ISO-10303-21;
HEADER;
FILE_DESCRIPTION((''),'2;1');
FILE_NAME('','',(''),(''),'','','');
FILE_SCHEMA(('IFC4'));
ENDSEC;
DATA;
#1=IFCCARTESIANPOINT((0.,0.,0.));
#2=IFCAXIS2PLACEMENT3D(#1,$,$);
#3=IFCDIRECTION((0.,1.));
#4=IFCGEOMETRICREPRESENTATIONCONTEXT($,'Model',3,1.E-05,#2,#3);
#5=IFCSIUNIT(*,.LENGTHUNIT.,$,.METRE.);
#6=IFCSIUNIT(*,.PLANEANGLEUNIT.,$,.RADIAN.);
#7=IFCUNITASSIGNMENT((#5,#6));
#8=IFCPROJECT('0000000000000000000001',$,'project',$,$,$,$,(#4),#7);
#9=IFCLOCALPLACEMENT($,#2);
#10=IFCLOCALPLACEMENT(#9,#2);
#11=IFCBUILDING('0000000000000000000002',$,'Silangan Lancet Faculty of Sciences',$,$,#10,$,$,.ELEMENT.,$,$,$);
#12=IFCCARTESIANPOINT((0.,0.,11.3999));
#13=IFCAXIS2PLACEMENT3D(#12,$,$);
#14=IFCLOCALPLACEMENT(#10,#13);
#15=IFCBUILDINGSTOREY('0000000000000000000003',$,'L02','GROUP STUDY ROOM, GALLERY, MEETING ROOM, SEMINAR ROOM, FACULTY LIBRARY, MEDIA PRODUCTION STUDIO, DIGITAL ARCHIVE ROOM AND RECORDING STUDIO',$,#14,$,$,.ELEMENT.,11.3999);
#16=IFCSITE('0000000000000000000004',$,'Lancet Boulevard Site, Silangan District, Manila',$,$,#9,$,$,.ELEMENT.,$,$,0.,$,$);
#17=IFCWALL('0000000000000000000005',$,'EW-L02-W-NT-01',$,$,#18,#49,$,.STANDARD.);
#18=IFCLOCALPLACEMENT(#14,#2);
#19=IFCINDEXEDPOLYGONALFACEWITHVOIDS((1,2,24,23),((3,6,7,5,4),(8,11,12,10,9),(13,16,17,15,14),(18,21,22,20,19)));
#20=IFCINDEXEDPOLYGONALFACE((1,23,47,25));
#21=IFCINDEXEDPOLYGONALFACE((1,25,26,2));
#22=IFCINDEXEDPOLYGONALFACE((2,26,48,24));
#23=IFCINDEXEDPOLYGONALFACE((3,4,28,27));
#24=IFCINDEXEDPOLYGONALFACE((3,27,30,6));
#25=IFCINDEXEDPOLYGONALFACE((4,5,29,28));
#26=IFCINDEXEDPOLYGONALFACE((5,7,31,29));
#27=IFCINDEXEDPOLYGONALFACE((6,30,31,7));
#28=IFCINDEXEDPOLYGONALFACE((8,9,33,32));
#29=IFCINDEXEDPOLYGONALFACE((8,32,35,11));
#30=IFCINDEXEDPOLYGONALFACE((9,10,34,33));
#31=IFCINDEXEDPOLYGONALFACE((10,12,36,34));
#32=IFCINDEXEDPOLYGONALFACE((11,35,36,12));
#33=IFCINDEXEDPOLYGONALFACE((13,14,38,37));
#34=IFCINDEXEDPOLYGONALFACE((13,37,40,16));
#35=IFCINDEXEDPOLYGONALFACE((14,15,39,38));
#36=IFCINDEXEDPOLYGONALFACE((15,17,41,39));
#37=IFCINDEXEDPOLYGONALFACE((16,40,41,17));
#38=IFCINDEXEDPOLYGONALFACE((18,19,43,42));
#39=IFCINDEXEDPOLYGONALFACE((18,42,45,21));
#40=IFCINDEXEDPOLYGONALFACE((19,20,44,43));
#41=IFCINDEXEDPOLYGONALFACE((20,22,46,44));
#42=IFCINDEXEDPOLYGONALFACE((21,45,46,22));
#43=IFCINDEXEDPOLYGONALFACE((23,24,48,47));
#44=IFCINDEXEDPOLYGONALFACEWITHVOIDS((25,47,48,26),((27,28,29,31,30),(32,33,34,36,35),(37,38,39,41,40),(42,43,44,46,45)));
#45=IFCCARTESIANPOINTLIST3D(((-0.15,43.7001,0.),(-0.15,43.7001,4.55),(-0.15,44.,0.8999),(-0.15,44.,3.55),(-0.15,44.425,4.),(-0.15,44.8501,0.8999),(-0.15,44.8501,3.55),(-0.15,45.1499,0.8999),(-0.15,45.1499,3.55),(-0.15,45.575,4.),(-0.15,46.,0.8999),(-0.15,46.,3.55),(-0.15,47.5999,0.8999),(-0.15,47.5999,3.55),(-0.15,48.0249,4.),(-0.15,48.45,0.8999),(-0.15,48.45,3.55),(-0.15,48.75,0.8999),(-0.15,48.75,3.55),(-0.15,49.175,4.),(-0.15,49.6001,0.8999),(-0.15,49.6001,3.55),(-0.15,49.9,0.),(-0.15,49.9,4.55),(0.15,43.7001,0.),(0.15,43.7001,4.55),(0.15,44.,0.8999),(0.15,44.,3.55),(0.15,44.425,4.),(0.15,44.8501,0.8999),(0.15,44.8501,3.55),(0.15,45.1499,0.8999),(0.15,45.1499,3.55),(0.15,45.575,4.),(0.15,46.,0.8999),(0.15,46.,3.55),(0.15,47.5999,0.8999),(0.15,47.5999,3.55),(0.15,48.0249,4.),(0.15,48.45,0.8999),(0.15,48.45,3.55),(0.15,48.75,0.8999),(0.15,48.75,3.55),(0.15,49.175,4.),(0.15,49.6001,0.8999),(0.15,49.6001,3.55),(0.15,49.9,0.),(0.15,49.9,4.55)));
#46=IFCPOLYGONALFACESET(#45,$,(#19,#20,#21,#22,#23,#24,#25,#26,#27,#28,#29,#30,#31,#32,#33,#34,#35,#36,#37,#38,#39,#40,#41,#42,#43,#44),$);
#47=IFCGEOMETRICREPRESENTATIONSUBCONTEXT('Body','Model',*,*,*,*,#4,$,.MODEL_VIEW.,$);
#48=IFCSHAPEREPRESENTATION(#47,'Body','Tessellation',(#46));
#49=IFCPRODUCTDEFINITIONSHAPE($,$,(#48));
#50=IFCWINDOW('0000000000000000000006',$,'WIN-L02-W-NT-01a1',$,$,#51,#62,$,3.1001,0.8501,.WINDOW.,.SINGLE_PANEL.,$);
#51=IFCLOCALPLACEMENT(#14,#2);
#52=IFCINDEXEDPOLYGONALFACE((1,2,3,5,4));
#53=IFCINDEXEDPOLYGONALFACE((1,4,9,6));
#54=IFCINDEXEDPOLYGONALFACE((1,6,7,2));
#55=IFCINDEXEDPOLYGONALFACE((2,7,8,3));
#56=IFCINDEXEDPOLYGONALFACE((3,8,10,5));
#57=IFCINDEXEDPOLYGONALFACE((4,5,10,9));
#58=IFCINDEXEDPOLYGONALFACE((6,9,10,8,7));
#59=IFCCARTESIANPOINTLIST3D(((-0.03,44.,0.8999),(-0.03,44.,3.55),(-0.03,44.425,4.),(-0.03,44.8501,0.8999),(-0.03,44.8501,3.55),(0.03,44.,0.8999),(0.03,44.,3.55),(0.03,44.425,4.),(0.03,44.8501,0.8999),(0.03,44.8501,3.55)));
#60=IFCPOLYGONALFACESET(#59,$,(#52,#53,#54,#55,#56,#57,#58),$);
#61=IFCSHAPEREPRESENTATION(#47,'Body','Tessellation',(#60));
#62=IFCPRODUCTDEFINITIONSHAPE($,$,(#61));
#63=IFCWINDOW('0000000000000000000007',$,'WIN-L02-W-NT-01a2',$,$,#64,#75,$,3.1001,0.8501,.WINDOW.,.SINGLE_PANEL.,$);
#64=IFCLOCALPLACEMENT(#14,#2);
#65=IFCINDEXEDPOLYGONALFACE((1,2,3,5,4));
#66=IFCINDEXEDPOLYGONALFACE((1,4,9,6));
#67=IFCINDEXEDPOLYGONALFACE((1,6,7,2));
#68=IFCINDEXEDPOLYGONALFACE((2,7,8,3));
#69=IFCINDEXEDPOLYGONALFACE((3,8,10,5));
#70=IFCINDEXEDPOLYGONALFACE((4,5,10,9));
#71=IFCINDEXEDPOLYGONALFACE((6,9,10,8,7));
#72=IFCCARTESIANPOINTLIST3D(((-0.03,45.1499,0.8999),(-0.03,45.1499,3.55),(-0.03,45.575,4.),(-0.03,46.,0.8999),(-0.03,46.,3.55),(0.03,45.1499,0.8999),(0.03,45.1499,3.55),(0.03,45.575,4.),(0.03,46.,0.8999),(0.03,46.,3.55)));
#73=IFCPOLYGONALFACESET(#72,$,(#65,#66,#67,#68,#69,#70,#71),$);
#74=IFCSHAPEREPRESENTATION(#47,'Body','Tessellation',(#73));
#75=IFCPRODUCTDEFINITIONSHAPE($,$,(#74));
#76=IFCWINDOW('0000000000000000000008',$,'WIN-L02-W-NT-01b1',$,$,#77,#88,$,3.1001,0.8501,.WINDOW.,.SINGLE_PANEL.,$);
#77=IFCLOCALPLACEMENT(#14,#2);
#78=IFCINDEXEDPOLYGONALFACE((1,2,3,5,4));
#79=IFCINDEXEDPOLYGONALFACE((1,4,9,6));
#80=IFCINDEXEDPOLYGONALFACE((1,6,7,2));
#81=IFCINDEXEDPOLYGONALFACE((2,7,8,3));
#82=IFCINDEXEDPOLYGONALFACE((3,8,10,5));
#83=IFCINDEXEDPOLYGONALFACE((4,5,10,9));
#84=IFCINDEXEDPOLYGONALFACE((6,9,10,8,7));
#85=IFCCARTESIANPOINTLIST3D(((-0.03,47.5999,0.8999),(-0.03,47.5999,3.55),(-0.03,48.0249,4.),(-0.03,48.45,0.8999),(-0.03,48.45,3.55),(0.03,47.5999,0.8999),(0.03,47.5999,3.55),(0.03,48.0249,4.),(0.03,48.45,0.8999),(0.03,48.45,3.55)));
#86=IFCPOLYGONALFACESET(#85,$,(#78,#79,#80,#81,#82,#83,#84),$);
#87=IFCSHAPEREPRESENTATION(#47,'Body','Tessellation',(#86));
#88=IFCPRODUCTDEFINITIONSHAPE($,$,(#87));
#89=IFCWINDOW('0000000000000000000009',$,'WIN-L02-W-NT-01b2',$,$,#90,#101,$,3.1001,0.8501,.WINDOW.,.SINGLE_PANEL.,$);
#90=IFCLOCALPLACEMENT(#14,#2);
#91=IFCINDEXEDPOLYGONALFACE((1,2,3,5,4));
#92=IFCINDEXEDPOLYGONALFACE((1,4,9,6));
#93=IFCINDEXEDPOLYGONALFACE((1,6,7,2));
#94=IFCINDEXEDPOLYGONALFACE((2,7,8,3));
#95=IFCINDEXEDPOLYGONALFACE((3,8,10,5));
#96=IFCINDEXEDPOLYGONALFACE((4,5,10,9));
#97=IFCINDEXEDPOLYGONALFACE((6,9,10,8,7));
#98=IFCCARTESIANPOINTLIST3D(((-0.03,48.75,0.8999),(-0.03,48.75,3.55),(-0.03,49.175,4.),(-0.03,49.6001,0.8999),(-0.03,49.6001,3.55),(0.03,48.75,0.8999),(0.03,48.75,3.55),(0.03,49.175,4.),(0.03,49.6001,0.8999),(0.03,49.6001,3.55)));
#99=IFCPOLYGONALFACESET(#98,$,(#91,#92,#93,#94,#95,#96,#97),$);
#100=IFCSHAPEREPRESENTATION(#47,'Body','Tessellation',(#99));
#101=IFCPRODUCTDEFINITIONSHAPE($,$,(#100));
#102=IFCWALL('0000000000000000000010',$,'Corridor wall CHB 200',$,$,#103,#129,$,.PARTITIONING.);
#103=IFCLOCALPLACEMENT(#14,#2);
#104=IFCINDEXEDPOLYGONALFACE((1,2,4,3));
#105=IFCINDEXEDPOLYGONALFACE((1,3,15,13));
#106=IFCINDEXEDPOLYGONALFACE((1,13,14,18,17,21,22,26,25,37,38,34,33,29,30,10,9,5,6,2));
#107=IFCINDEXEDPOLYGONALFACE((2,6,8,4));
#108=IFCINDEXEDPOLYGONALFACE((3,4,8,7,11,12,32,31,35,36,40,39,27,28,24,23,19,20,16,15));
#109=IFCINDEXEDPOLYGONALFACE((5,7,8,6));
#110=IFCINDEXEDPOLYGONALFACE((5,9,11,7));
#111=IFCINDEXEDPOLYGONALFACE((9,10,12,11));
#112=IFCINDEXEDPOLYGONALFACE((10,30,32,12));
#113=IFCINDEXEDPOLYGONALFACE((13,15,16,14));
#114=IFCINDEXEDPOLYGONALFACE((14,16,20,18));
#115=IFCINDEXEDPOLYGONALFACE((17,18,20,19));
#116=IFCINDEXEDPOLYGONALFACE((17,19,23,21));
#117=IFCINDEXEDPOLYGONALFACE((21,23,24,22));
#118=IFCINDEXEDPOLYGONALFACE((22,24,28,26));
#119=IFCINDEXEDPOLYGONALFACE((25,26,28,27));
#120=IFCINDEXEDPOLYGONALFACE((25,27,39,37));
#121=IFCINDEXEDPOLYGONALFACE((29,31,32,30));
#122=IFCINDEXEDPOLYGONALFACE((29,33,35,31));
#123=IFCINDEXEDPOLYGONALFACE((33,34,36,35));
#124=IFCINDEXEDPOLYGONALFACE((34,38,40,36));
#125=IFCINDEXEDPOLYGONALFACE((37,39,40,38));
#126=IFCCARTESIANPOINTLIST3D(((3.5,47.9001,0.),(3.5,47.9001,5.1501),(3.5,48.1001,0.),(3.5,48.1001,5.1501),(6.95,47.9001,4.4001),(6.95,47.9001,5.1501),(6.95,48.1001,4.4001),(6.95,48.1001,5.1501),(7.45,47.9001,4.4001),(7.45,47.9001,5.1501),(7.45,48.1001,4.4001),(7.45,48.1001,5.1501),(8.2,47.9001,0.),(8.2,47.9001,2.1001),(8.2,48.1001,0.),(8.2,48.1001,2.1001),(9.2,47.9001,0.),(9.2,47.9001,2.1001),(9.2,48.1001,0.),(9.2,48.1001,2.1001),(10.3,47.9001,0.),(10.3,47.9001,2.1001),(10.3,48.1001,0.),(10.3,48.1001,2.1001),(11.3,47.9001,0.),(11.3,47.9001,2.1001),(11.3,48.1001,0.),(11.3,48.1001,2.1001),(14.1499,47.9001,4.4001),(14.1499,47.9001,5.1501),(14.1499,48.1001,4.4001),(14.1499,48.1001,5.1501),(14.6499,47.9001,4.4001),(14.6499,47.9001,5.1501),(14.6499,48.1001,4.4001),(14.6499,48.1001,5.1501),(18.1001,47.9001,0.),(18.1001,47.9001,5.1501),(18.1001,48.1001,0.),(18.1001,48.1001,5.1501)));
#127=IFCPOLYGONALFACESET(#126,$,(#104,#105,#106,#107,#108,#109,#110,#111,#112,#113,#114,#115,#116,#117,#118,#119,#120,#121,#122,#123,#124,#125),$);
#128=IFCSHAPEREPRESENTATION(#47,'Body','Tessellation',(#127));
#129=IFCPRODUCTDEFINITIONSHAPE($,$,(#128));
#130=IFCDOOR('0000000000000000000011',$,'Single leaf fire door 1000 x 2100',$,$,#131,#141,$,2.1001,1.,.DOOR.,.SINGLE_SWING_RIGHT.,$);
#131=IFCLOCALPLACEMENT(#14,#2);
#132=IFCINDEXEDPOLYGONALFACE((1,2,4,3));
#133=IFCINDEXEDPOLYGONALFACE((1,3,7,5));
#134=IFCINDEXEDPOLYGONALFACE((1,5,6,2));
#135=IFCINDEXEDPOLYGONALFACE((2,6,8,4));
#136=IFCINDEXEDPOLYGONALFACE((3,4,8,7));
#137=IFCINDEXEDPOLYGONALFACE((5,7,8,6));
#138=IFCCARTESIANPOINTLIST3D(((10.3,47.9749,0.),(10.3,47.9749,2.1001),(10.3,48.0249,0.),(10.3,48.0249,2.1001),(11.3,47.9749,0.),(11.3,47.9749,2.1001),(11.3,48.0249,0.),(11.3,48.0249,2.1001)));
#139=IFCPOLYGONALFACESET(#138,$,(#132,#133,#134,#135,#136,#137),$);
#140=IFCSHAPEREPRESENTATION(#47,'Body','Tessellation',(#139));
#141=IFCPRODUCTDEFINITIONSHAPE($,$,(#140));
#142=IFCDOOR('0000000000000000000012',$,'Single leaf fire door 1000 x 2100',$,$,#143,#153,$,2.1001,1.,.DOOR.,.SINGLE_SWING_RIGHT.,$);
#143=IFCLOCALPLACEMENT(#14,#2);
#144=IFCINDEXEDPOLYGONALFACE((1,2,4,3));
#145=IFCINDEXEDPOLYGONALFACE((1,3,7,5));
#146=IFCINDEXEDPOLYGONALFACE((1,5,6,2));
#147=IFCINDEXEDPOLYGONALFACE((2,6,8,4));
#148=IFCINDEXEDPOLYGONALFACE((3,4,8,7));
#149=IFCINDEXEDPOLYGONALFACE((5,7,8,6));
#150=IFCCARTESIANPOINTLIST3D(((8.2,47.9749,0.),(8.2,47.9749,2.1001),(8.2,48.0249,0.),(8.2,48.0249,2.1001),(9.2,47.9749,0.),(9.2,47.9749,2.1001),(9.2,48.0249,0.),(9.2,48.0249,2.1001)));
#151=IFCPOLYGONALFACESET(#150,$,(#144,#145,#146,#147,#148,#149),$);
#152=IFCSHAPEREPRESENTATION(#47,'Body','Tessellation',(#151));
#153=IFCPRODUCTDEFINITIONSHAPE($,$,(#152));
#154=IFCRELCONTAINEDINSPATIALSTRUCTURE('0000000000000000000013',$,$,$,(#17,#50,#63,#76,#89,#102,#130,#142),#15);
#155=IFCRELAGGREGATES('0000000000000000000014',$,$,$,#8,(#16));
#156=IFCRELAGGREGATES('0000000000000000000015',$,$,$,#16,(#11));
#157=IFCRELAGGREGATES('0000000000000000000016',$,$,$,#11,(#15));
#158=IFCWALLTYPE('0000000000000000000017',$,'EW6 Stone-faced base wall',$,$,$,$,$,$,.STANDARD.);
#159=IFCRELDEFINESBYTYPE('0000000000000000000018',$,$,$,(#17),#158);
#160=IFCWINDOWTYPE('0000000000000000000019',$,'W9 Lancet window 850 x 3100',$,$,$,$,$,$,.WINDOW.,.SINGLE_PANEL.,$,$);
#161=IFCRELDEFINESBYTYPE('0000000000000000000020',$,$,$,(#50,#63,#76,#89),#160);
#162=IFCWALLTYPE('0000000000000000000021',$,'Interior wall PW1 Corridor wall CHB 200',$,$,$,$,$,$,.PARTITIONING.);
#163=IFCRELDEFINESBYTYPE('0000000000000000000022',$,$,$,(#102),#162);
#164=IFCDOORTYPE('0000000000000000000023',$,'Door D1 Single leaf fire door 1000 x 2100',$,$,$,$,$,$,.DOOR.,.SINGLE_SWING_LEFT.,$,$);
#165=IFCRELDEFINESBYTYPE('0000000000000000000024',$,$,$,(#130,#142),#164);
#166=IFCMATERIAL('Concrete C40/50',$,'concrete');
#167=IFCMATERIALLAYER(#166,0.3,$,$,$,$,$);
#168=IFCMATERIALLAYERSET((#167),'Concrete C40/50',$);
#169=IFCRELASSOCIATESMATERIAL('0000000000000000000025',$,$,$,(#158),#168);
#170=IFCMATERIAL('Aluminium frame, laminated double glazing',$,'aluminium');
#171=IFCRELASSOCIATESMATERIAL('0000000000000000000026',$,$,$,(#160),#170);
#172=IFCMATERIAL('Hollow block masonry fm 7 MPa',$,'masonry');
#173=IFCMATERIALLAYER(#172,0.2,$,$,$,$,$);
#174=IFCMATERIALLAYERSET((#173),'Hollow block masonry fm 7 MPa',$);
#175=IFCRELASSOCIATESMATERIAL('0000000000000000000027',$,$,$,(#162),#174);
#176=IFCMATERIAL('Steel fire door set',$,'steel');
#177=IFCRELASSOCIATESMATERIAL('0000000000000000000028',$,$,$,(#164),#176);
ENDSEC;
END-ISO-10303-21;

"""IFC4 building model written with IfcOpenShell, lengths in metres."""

from ifc_helpers import new_model, si_unit, direction, frame, frame_2d, origin, place, context, subcontext, project, spatial, polyline, rectangle, outline, extrude, material, layer, layer_set, type_object, element, fill, save


model = new_model("IFC4")

# Units and contexts
model_context = context("Model", 3, precision=1e-05, world=origin(), true_north=direction((0.0, 1.0)))
body_context = subcontext(model_context, "Body", "Model", "MODEL_VIEW")
ifc_project = project(units=[si_unit("LENGTHUNIT", "METRE"), si_unit("PLANEANGLEUNIT", "RADIAN")], contexts=[model_context])

# Site, building, storey
site_placement = place(None, origin())
site = spatial("IfcSite", under=ifc_project, at=site_placement, Name="Lancet Boulevard Site, Silangan District, Manila", CompositionType="ELEMENT", RefElevation=0.0)
building_placement = place(site_placement, origin())
building = spatial("IfcBuilding", under=site, at=building_placement, Name="Silangan Lancet Faculty of Sciences", CompositionType="ELEMENT")
storey_placement = place(building_placement, frame((0.0, 0.0, 11.3999)))
storey = spatial("IfcBuildingStorey", under=building, at=storey_placement, Name="L02", Description="GROUP STUDY ROOM, GALLERY, MEETING ROOM, SEMINAR ROOM, FACULTY LIBRARY, MEDIA PRODUCTION STUDIO, DIGITAL ARCHIVE ROOM AND RECORDING STUDIO", CompositionType="ELEMENT", Elevation=11.3999)

# Wall, openings, windows
ifc_material_1 = material(Name="Concrete C40/50", Category="concrete")
ifc_layer_1 = layer(ifc_material_1, 0.3)
ifc_layer_set_1 = layer_set([ifc_layer_1], Name="Concrete C40/50")
wall_type_1 = type_object("IfcWallType", Name="EW6 Stone-faced base wall", PredefinedType="STANDARD", material=ifc_layer_set_1)
wall_1_placement = place(storey_placement, frame((0.0, 43.7, 0.0), z_axis=(0.0, 0.0, 1.0), x_axis=(0.0, 1.0, 0.0)))
wall_1 = element("IfcWall", 1, at=wall_1_placement, inside=storey, type_object=wall_type_1, Name="EW-L02-W-NT-01", PredefinedType="STANDARD", context=body_context, shape_type="SweptSolid", body=[
    extrude(rectangle(XDim=6.2, YDim=0.3, at=frame_2d((3.1001, 0.0))), origin(), (0.0, 0.0, 1.0), 4.55),
])
opening_1_placement = place(wall_1_placement, frame((0.3, 0.0, 0.8999)))
opening_1 = element("IfcOpeningElement", 2, at=opening_1_placement, cuts=wall_1, PredefinedType="OPENING", context=body_context, shape_type="SweptSolid", body=[
    extrude(outline(polyline([(0.0, 0.0), (0.8501, 0.0), (0.8501, 2.6501), (0.425, 3.1001), (0.0, 2.6501), (0.0, 0.0)])), frame((0.0, 0.1599, 0.0), z_axis=(0.0, -1.0, 0.0), x_axis=(1.0, 0.0, 0.0)), (0.0, 0.0, 1.0), 0.3201),
])
opening_2_placement = place(wall_1_placement, frame((1.45, 0.0, 0.8999)))
opening_2 = element("IfcOpeningElement", 3, at=opening_2_placement, cuts=wall_1, PredefinedType="OPENING", context=body_context, shape_type="SweptSolid", body=[
    extrude(outline(polyline([(0.0, 0.0), (0.8501, 0.0), (0.8501, 2.6501), (0.425, 3.1001), (0.0, 2.6501), (0.0, 0.0)])), frame((0.0, 0.1599, 0.0), z_axis=(0.0, -1.0, 0.0), x_axis=(1.0, 0.0, 0.0)), (0.0, 0.0, 1.0), 0.3201),
])
opening_3_placement = place(wall_1_placement, frame((3.8999, 0.0, 0.8999)))
opening_3 = element("IfcOpeningElement", 4, at=opening_3_placement, cuts=wall_1, PredefinedType="OPENING", context=body_context, shape_type="SweptSolid", body=[
    extrude(outline(polyline([(0.0, 0.0), (0.8501, 0.0), (0.8501, 2.6501), (0.425, 3.1001), (0.0, 2.6501), (0.0, 0.0)])), frame((0.0, 0.1599, 0.0), z_axis=(0.0, -1.0, 0.0), x_axis=(1.0, 0.0, 0.0)), (0.0, 0.0, 1.0), 0.3201),
])
opening_4_placement = place(wall_1_placement, frame((5.05, 0.0, 0.8999)))
opening_4 = element("IfcOpeningElement", 5, at=opening_4_placement, cuts=wall_1, PredefinedType="OPENING", context=body_context, shape_type="SweptSolid", body=[
    extrude(outline(polyline([(0.0, 0.0), (0.8501, 0.0), (0.8501, 2.6501), (0.425, 3.1001), (0.0, 2.6501), (0.0, 0.0)])), frame((0.0, 0.1599, 0.0), z_axis=(0.0, -1.0, 0.0), x_axis=(1.0, 0.0, 0.0)), (0.0, 0.0, 1.0), 0.3201),
])
ifc_material_2 = material(Name="Aluminium frame, laminated double glazing", Category="aluminium")
window_type_1 = type_object("IfcWindowType", Name="W9 Lancet window 850 x 3100", PartitioningType="SINGLE_PANEL", PredefinedType="WINDOW", material=ifc_material_2)
window_1_placement = place(opening_1_placement, origin())
window_1 = element("IfcWindow", 6, at=window_1_placement, inside=storey, type_object=window_type_1, Name="WIN-L02-W-NT-01a1", OverallHeight=3.1001, OverallWidth=0.8501, PartitioningType="SINGLE_PANEL", PredefinedType="WINDOW", context=body_context, shape_type="SweptSolid", body=[
    extrude(outline(polyline([(0.0, 0.0), (0.8501, 0.0), (0.8501, 2.6501), (0.425, 3.1001), (0.0, 2.6501), (0.0, 0.0)])), frame((0.0, 0.03, 0.0), z_axis=(0.0, -1.0, 0.0), x_axis=(1.0, 0.0, 0.0)), (0.0, 0.0, 1.0), 0.0601),
])
fill(opening_1, window_1)
window_2_placement = place(opening_2_placement, origin())
window_2 = element("IfcWindow", 7, at=window_2_placement, inside=storey, type_object=window_type_1, Name="WIN-L02-W-NT-01a2", OverallHeight=3.1001, OverallWidth=0.8501, PartitioningType="SINGLE_PANEL", PredefinedType="WINDOW", context=body_context, shape_type="SweptSolid", body=[
    extrude(outline(polyline([(0.0, 0.0), (0.8501, 0.0), (0.8501, 2.6501), (0.425, 3.1001), (0.0, 2.6501), (0.0, 0.0)])), frame((0.0, 0.03, 0.0), z_axis=(0.0, -1.0, 0.0), x_axis=(1.0, 0.0, 0.0)), (0.0, 0.0, 1.0), 0.0601),
])
fill(opening_2, window_2)
window_3_placement = place(opening_3_placement, origin())
window_3 = element("IfcWindow", 8, at=window_3_placement, inside=storey, type_object=window_type_1, Name="WIN-L02-W-NT-01b1", OverallHeight=3.1001, OverallWidth=0.8501, PartitioningType="SINGLE_PANEL", PredefinedType="WINDOW", context=body_context, shape_type="SweptSolid", body=[
    extrude(outline(polyline([(0.0, 0.0), (0.8501, 0.0), (0.8501, 2.6501), (0.425, 3.1001), (0.0, 2.6501), (0.0, 0.0)])), frame((0.0, 0.03, 0.0), z_axis=(0.0, -1.0, 0.0), x_axis=(1.0, 0.0, 0.0)), (0.0, 0.0, 1.0), 0.0601),
])
fill(opening_3, window_3)
window_4_placement = place(opening_4_placement, origin())
window_4 = element("IfcWindow", 9, at=window_4_placement, inside=storey, type_object=window_type_1, Name="WIN-L02-W-NT-01b2", OverallHeight=3.1001, OverallWidth=0.8501, PartitioningType="SINGLE_PANEL", PredefinedType="WINDOW", context=body_context, shape_type="SweptSolid", body=[
    extrude(outline(polyline([(0.0, 0.0), (0.8501, 0.0), (0.8501, 2.6501), (0.425, 3.1001), (0.0, 2.6501), (0.0, 0.0)])), frame((0.0, 0.03, 0.0), z_axis=(0.0, -1.0, 0.0), x_axis=(1.0, 0.0, 0.0)), (0.0, 0.0, 1.0), 0.0601),
])
fill(opening_4, window_4)

# Wall, openings, doors
ifc_material_3 = material(Name="Hollow block masonry fm 7 MPa", Category="masonry")
ifc_layer_2 = layer(ifc_material_3, 0.2)
ifc_layer_set_2 = layer_set([ifc_layer_2], Name="Hollow block masonry fm 7 MPa")
wall_type_2 = type_object("IfcWallType", Name="Interior wall PW1 Corridor wall CHB 200", PredefinedType="PARTITIONING", material=ifc_layer_set_2)
wall_2_placement = place(storey_placement, frame((3.5, 48.0, 0.0), z_axis=(0.0, 0.0, 1.0), x_axis=(1.0, 0.0, 0.0)))
wall_2 = element("IfcWall", 10, at=wall_2_placement, inside=storey, type_object=wall_type_2, Name="Corridor wall CHB 200", PredefinedType="PARTITIONING", context=body_context, shape_type="SweptSolid", body=[
    extrude(outline(polyline([(0.0, 0.0), (14.6001, 0.0), (14.6001, 5.1501), (11.1499, 5.1501), (11.1499, 4.4001), (10.6499, 4.4001), (10.6499, 5.1501), (3.95, 5.1501), (3.95, 4.4001), (3.45, 4.4001), (3.45, 5.1501), (0.0, 5.1501), (0.0, 0.0)])), frame((0.0, 0.1001, 0.0), z_axis=(0.0, -1.0, 0.0), x_axis=(1.0, 0.0, 0.0)), (0.0, 0.0, 1.0), 0.2),
])
opening_5_placement = place(wall_2_placement, frame((6.8, 0.0, 0.0)))
opening_5 = element("IfcOpeningElement", 11, at=opening_5_placement, cuts=wall_2, PredefinedType="OPENING", context=body_context, shape_type="SweptSolid", body=[
    extrude(rectangle(XDim=1.0, YDim=2.1001, at=frame_2d((0.5, 1.05))), frame((0.0, 0.1099, 0.0), z_axis=(0.0, -1.0, 0.0), x_axis=(1.0, 0.0, 0.0)), (0.0, 0.0, 1.0), 0.22),
])
opening_6_placement = place(wall_2_placement, frame((4.7, 0.0, 0.0)))
opening_6 = element("IfcOpeningElement", 12, at=opening_6_placement, cuts=wall_2, PredefinedType="OPENING", context=body_context, shape_type="SweptSolid", body=[
    extrude(rectangle(XDim=1.0, YDim=2.1001, at=frame_2d((0.5, 1.05))), frame((0.0, 0.1099, 0.0), z_axis=(0.0, -1.0, 0.0), x_axis=(1.0, 0.0, 0.0)), (0.0, 0.0, 1.0), 0.22),
])
ifc_material_4 = material(Name="Steel fire door set", Category="steel")
door_type_1 = type_object("IfcDoorType", Name="Door D1 Single leaf fire door 1000 x 2100", OperationType="SINGLE_SWING_LEFT", PredefinedType="DOOR", material=ifc_material_4)
door_1_placement = place(opening_5_placement, frame((1.0, 0.0, 0.0), z_axis=(0.0, 0.0, 1.0), x_axis=(-1.0, 0.0, 0.0)))
door_1 = element("IfcDoor", 13, at=door_1_placement, inside=storey, type_object=door_type_1, Name="Single leaf fire door 1000 x 2100", OperationType="SINGLE_SWING_RIGHT", OverallHeight=2.1001, OverallWidth=1.0, PredefinedType="DOOR", context=body_context, shape_type="SweptSolid", body=[
    extrude(rectangle(XDim=1.0, YDim=2.1001, at=frame_2d((0.5, 1.05))), frame((0.0, 0.0251, 0.0), z_axis=(0.0, -1.0, 0.0), x_axis=(1.0, 0.0, 0.0)), (0.0, 0.0, 1.0), 0.05),
])
fill(opening_5, door_1)
door_2_placement = place(opening_6_placement, frame((1.0, 0.0, 0.0), z_axis=(0.0, 0.0, 1.0), x_axis=(-1.0, 0.0, 0.0)))
door_2 = element("IfcDoor", 14, at=door_2_placement, inside=storey, type_object=door_type_1, Name="Single leaf fire door 1000 x 2100", OperationType="SINGLE_SWING_RIGHT", OverallHeight=2.1001, OverallWidth=1.0, PredefinedType="DOOR", context=body_context, shape_type="SweptSolid", body=[
    extrude(rectangle(XDim=1.0, YDim=2.1001, at=frame_2d((0.5, 1.05))), frame((0.0, 0.0251, 0.0), z_axis=(0.0, -1.0, 0.0), x_axis=(1.0, 0.0, 0.0)), (0.0, 0.0, 1.0), 0.05),
])
fill(opening_6, door_2)

save(model, "model.ifc")
